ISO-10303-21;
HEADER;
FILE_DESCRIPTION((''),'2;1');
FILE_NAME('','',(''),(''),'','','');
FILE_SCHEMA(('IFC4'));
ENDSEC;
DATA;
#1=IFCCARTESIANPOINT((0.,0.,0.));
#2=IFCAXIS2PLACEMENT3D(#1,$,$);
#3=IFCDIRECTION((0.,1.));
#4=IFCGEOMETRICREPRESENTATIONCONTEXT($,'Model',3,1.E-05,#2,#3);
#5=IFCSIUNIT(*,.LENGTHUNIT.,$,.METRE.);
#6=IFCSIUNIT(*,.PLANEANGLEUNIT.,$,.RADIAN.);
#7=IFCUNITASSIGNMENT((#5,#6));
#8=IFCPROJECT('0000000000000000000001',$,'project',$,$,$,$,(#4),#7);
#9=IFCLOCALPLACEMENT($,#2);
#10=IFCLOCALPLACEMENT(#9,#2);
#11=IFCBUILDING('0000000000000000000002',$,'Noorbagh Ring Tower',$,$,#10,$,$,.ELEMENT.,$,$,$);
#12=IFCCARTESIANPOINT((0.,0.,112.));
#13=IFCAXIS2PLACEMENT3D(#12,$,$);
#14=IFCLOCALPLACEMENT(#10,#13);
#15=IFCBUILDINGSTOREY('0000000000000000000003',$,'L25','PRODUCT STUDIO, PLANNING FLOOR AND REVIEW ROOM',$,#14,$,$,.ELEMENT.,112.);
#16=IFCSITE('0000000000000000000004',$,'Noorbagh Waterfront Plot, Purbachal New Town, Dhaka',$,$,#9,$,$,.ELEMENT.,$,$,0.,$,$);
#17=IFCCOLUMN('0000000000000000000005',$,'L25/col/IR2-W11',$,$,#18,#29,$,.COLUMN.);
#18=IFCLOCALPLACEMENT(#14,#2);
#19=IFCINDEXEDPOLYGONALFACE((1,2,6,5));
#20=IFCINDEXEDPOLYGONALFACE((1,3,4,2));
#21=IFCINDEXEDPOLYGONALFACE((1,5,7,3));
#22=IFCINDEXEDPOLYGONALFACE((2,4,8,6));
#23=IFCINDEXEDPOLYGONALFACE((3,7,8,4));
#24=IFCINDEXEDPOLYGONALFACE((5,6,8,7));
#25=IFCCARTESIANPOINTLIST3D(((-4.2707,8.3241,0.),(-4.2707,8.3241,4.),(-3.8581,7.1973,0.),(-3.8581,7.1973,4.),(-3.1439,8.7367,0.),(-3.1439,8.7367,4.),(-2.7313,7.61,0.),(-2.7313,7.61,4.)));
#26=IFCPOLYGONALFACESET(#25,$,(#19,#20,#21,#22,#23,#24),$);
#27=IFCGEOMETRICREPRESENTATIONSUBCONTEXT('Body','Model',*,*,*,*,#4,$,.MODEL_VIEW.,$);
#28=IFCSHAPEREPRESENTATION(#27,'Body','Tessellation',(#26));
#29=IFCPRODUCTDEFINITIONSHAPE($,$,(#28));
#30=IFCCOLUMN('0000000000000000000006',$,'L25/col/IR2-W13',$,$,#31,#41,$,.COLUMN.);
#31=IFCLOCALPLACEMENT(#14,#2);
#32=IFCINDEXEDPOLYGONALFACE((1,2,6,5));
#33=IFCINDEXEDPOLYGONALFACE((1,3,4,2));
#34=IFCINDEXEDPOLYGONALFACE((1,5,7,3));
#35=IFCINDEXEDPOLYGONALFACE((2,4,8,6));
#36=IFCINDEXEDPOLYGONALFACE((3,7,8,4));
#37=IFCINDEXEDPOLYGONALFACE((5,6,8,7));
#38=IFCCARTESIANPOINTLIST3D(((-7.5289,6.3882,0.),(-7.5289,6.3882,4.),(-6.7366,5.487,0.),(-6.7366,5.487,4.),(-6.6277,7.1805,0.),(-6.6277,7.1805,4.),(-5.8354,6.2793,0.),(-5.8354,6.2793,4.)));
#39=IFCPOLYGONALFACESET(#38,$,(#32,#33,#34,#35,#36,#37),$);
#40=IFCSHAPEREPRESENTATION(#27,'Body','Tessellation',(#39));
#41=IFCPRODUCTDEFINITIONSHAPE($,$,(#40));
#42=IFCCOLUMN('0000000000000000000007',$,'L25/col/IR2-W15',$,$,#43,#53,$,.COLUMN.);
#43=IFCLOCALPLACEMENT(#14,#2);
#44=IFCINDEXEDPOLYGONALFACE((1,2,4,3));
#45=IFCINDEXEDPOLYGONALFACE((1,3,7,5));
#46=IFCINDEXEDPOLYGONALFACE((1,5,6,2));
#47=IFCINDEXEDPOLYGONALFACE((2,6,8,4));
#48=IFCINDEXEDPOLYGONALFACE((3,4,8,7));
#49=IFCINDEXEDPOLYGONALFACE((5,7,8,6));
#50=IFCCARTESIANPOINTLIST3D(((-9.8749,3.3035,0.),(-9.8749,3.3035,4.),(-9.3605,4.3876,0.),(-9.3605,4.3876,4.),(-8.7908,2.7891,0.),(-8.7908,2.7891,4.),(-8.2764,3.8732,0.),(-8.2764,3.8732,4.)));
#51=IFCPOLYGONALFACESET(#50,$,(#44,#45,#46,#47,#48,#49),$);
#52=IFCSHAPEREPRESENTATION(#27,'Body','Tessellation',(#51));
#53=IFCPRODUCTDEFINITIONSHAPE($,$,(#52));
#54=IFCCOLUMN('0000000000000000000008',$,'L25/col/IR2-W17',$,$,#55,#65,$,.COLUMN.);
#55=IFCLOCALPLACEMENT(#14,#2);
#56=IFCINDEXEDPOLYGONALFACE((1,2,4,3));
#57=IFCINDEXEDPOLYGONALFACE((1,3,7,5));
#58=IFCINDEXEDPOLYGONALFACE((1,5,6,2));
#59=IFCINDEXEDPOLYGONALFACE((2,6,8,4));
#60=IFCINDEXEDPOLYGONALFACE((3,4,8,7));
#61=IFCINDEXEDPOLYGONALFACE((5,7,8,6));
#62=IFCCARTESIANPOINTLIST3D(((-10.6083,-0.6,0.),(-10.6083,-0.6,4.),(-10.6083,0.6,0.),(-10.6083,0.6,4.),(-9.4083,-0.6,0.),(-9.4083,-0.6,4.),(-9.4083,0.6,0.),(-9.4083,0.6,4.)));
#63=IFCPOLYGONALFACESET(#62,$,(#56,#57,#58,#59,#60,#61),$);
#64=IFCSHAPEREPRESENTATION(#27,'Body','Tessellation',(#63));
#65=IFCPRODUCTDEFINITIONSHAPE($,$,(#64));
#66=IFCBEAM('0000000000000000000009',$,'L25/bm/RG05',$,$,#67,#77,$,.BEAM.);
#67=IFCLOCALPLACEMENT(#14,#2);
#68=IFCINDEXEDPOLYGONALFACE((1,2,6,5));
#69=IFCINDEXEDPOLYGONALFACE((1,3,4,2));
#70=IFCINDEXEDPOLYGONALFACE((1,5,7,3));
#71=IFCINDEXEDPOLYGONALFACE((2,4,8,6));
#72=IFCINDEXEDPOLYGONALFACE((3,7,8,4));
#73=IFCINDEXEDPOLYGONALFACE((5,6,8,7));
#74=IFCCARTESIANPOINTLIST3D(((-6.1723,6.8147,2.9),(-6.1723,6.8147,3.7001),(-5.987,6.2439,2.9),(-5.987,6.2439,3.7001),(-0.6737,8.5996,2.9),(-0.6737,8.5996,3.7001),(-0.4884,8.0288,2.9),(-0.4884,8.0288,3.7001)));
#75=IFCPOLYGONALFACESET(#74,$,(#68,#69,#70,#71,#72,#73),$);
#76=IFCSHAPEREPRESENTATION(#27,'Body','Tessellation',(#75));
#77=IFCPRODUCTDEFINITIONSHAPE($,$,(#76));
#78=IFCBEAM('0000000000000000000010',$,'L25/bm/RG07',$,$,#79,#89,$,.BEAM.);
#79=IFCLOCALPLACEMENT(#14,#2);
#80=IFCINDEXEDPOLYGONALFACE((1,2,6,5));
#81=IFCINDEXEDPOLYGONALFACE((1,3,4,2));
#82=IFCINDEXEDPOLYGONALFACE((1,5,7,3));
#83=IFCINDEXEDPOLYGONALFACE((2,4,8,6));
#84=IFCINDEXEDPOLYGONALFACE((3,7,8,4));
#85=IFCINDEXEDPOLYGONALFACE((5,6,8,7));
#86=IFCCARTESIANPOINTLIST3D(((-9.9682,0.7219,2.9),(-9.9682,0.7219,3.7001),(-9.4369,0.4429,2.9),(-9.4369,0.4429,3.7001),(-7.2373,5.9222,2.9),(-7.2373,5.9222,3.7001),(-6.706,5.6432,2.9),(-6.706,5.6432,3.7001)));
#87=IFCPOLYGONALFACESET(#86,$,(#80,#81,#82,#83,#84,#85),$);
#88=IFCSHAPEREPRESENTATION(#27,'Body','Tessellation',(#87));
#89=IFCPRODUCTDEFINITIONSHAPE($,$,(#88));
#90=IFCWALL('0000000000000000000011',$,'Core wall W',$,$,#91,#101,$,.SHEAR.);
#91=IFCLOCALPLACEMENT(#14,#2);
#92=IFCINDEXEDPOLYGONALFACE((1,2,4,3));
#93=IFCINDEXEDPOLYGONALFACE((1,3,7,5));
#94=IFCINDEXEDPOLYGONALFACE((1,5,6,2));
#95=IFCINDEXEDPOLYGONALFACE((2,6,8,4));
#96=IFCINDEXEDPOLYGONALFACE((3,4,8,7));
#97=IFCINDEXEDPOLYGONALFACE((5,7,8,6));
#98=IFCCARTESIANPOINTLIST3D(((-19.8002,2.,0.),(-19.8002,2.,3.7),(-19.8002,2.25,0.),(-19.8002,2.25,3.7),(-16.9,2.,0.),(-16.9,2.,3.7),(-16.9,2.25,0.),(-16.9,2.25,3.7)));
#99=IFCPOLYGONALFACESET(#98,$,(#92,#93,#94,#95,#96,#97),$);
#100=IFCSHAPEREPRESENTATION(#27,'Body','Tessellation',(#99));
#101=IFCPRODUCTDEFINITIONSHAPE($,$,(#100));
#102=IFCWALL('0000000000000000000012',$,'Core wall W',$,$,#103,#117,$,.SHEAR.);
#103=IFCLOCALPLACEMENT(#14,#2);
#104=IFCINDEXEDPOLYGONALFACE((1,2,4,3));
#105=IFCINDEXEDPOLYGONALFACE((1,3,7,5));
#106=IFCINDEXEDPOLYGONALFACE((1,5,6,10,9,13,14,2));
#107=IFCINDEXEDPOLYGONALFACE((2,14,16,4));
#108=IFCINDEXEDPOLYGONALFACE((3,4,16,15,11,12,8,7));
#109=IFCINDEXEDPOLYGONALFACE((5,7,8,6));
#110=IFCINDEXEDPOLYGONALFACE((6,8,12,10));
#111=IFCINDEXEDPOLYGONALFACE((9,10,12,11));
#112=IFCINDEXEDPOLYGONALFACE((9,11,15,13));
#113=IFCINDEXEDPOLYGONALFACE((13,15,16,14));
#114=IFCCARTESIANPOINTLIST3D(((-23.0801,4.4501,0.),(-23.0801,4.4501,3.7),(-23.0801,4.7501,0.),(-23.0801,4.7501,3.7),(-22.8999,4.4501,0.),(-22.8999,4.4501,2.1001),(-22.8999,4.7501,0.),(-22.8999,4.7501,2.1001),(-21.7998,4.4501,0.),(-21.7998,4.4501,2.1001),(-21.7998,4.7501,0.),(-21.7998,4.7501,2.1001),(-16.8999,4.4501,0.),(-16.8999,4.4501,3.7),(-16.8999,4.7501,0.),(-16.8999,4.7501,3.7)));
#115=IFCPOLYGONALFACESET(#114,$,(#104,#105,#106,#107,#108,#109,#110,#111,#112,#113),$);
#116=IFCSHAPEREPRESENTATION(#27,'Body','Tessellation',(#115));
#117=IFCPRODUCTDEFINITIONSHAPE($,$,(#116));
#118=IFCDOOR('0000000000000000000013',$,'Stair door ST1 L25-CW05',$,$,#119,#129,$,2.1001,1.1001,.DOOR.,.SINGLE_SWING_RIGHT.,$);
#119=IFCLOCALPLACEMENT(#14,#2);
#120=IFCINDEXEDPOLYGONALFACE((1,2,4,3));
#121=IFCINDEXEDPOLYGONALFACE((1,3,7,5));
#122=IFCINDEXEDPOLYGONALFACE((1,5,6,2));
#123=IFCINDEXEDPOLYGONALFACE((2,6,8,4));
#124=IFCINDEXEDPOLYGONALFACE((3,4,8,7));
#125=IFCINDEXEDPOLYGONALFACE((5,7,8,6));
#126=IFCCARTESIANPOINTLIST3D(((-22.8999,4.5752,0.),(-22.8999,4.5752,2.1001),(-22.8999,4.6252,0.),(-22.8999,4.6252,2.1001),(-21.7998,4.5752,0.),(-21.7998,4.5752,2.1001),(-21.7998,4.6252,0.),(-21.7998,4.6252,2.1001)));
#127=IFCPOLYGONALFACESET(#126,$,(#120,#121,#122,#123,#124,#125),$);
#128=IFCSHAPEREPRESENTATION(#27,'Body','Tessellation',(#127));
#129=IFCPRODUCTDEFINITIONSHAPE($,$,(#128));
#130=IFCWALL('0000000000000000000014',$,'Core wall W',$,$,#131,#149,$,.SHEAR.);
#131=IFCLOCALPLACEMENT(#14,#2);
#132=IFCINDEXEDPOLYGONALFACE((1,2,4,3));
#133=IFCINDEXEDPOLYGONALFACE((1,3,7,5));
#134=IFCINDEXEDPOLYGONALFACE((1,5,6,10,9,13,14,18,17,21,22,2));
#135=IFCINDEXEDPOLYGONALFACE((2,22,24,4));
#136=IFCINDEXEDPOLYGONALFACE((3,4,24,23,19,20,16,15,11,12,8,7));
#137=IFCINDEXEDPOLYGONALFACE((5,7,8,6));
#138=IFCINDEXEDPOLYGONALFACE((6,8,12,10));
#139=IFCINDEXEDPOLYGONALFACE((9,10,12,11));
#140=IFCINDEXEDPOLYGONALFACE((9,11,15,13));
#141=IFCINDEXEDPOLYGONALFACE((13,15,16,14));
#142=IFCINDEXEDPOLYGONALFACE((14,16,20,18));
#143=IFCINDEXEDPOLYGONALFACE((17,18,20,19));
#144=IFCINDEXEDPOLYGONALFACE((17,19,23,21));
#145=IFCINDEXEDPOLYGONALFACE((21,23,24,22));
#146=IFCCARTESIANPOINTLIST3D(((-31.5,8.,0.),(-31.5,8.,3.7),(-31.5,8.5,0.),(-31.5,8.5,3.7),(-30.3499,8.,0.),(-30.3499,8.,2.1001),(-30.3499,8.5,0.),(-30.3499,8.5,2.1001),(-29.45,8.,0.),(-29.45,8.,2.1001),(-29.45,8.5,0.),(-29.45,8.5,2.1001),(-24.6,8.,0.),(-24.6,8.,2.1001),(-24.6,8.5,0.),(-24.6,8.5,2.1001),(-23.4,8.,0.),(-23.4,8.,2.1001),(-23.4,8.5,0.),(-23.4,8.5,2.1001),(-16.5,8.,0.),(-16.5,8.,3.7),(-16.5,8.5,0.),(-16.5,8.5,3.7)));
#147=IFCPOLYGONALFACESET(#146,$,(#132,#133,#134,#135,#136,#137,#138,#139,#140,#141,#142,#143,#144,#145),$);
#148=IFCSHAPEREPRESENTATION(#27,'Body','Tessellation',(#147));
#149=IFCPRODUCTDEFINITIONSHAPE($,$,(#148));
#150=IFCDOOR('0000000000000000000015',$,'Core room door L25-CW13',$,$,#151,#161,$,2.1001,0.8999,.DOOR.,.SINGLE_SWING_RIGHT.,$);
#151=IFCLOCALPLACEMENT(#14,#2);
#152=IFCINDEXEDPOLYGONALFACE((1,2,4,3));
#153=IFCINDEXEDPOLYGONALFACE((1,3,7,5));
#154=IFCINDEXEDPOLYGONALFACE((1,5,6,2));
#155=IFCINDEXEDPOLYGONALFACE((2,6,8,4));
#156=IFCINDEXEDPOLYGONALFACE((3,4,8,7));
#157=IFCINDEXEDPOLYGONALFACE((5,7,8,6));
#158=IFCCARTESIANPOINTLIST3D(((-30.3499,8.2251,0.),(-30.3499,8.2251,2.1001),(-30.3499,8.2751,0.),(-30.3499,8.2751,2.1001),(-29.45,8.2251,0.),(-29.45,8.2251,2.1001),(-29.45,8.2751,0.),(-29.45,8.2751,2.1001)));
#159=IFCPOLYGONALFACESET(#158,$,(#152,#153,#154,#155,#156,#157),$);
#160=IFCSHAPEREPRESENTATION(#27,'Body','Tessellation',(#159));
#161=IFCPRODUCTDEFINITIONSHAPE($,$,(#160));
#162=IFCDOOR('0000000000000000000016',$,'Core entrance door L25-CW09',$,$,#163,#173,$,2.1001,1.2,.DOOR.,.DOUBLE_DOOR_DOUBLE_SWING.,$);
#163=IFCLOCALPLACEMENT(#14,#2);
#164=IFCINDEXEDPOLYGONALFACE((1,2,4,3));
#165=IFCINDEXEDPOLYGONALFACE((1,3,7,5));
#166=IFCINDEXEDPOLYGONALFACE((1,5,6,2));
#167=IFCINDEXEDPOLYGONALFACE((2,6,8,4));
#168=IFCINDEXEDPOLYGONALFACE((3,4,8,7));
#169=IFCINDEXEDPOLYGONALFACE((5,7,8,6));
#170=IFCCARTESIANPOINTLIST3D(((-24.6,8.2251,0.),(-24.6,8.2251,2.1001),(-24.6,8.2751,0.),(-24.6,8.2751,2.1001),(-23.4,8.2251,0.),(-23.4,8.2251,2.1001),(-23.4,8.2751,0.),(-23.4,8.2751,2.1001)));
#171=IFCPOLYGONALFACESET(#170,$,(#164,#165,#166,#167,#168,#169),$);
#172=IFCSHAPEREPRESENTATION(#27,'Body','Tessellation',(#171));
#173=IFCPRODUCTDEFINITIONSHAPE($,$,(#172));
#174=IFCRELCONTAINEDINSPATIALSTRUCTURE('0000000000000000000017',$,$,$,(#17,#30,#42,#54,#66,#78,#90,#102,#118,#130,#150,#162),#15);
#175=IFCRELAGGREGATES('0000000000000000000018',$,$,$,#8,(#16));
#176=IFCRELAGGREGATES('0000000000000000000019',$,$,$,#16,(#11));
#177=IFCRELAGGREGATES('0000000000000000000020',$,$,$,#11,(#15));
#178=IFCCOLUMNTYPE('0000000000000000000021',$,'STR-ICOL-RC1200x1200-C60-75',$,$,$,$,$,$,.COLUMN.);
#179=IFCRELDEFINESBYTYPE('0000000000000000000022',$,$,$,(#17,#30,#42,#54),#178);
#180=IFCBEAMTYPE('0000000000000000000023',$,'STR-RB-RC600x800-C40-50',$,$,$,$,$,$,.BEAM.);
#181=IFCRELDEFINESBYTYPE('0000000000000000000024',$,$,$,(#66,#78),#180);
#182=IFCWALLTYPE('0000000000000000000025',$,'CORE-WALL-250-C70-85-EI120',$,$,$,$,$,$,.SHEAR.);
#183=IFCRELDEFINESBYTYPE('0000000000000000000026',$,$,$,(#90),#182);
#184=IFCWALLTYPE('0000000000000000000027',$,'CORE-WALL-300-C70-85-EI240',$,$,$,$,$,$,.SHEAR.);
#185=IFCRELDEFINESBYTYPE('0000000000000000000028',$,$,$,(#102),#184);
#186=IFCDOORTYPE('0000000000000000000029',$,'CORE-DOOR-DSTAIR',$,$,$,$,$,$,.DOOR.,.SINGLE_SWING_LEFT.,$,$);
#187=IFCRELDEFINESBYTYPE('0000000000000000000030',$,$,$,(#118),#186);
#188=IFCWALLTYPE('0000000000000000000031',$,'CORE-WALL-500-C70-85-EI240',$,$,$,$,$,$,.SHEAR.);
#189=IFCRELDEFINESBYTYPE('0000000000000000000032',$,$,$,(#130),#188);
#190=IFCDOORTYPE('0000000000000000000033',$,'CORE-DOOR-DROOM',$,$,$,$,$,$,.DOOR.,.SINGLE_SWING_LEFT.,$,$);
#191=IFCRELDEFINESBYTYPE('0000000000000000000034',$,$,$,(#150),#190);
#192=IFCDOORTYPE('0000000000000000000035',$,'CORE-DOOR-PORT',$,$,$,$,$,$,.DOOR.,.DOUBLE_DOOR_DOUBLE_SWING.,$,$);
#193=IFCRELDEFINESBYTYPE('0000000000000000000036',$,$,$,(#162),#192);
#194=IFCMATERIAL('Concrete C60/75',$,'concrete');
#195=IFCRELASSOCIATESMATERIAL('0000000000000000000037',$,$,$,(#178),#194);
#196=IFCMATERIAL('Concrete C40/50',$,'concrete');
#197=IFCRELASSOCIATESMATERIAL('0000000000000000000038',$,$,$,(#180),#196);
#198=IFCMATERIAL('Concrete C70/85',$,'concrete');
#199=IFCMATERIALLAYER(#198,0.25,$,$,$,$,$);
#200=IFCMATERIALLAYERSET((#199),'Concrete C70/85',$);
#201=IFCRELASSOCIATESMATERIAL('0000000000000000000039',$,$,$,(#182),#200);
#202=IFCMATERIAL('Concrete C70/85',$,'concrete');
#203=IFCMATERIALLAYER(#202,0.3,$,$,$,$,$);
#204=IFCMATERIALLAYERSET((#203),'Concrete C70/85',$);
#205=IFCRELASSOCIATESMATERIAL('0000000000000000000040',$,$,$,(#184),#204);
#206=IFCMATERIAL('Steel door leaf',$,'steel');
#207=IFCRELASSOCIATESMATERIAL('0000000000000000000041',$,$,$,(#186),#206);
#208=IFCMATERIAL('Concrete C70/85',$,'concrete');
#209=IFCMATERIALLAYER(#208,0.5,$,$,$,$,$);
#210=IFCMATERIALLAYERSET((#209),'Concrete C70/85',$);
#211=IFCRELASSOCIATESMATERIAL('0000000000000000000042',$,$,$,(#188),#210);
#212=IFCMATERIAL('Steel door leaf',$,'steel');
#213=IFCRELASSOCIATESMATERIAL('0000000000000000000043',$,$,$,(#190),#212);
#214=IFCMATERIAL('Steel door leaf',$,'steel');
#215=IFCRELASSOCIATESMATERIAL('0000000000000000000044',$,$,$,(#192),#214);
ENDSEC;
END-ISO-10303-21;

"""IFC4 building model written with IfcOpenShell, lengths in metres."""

from ifc_helpers import new_model, si_unit, direction, frame, frame_2d, origin, origin_2d, place, context, subcontext, project, spatial, rectangle, extrude, material, layer, layer_set, material_profile, profile_set, type_object, element, fill, save


model = new_model("IFC4")

# Units and contexts
model_context = context("Model", 3, precision=1e-05, world=origin(), true_north=direction((0.0, 1.0)))
body_context = subcontext(model_context, "Body", "Model", "MODEL_VIEW")
ifc_project = project(units=[si_unit("LENGTHUNIT", "METRE"), si_unit("PLANEANGLEUNIT", "RADIAN")], contexts=[model_context])

# Site, building, storey
site_placement = place(None, origin())
site = spatial("IfcSite", under=ifc_project, at=site_placement, Name="Noorbagh Waterfront Plot, Purbachal New Town, Dhaka", CompositionType="ELEMENT", RefElevation=0.0)
building_placement = place(site_placement, origin())
building = spatial("IfcBuilding", under=site, at=building_placement, Name="Noorbagh Ring Tower", CompositionType="ELEMENT")
storey_placement = place(building_placement, frame((0.0, 0.0, 112.0)))
storey = spatial("IfcBuildingStorey", under=building, at=storey_placement, Name="L25", Description="PRODUCT STUDIO, PLANNING FLOOR AND REVIEW ROOM", CompositionType="ELEMENT", Elevation=112.0)

# Columns
ifc_material_1 = material(Name="Concrete C60/75", Category="concrete")
ifc_material_profile_1 = material_profile(ifc_material_1, rectangle(XDim=1.2, YDim=1.2, at=origin_2d()), Name="RC1200x1200")
ifc_profile_set_1 = profile_set([ifc_material_profile_1], Name="Concrete C60/75")
column_type = type_object("IfcColumnType", Name="STR-ICOL-RC1200x1200-C60-75", PredefinedType="COLUMN", material=ifc_profile_set_1)
for number, where, z_axis, x_axis, name in (
    (1, (-3.501, 7.967, 0.0), (0.0, 0.0, 1.0), (-0.93902, -0.343864, 0.0), "L25/col/IR2-W11"),
    (2, (-6.6821, 6.3337, 0.0), (0.0, 0.0, 1.0), (-0.751022, -0.660277, 0.0), "L25/col/IR2-W13"),
    (3, (-9.0757, 3.5884, 0.0), (0.0, 0.0, 1.0), (-0.428667, -0.903463, 0.0), "L25/col/IR2-W15"),
    (4, (-10.0083, 0.0, 0.0), (0.0, 0.0, 1.0), (0.0, -1.0, 0.0), "L25/col/IR2-W17"),
):
    element("IfcColumn", number, at=place(storey_placement, frame(where, z_axis=z_axis, x_axis=x_axis)), inside=storey, type_object=column_type, Name=name, PredefinedType="COLUMN", context=body_context, shape_type="SweptSolid", body=[
        extrude(rectangle(XDim=1.2, YDim=1.2, at=origin_2d()), origin(), (0.0, 0.0, 1.0), 4.0),
    ])

# Beams
ifc_material_2 = material(Name="Concrete C40/50", Category="concrete")
ifc_material_profile_2 = material_profile(ifc_material_2, rectangle(XDim=0.6001, YDim=0.8, at=origin_2d()), Name="RC600x800")
ifc_profile_set_2 = profile_set([ifc_material_profile_2], Name="Concrete C40/50")
beam_type = type_object("IfcBeamType", Name="STR-RB-RC600x800-C40-50", PredefinedType="BEAM", material=ifc_profile_set_2)
beam_1_placement = place(storey_placement, frame((-0.5811, 8.3142, 3.3), z_axis=(-0.951141, -0.308756, 0.0), x_axis=(0.308756, -0.951141, 0.0)))
element("IfcBeam", 5, at=beam_1_placement, inside=storey, type_object=beam_type, Name="L25/bm/RG05", PredefinedType="BEAM", context=body_context, shape_type="SweptSolid", body=[
    extrude(rectangle(XDim=0.6001, YDim=0.8, at=origin_2d()), origin(), (0.0, 0.0, 1.0), 5.781),
])
beam_2_placement = place(storey_placement, frame((-6.9717, 5.7827, 3.3), z_axis=(-0.464931, -0.885347, 0.0), x_axis=(0.885347, -0.464931, 0.0)))
element("IfcBeam", 6, at=beam_2_placement, inside=storey, type_object=beam_type, Name="L25/bm/RG07", PredefinedType="BEAM", context=body_context, shape_type="SweptSolid", body=[
    extrude(rectangle(XDim=0.6001, YDim=0.8, at=origin_2d()), origin(), (0.0, 0.0, 1.0), 5.8738),
])

# Wall
ifc_material_3 = material(Name="Concrete C70/85", Category="concrete")
ifc_layer_1 = layer(ifc_material_3, 0.25)
ifc_layer_set_1 = layer_set([ifc_layer_1], Name="Concrete C70/85")
wall_type_1 = type_object("IfcWallType", Name="CORE-WALL-250-C70-85-EI120", PredefinedType="SHEAR", material=ifc_layer_set_1)
wall_1_placement = place(storey_placement, frame((-16.8999, 2.125, 0.0), z_axis=(0.0, 0.0, 1.0), x_axis=(-1.0, 0.0, 0.0)))
element("IfcWall", 7, at=wall_1_placement, inside=storey, type_object=wall_type_1, Name="Core wall W", PredefinedType="SHEAR", context=body_context, shape_type="SweptSolid", body=[
    extrude(rectangle(XDim=2.9001, YDim=0.25, at=frame_2d((1.4502, 0.0))), origin(), (0.0, 0.0, 1.0), 3.7),
])

# Wall, opening, door
ifc_material_4 = material(Name="Concrete C70/85", Category="concrete")
ifc_layer_2 = layer(ifc_material_4, 0.3)
ifc_layer_set_2 = layer_set([ifc_layer_2], Name="Concrete C70/85")
wall_type_2 = type_object("IfcWallType", Name="CORE-WALL-300-C70-85-EI240", PredefinedType="SHEAR", material=ifc_layer_set_2)
wall_2_placement = place(storey_placement, frame((-16.8999, 4.6001, 0.0), z_axis=(0.0, 0.0, 1.0), x_axis=(-1.0, 0.0, 0.0)))
wall_2 = element("IfcWall", 8, at=wall_2_placement, inside=storey, type_object=wall_type_2, Name="Core wall W", PredefinedType="SHEAR", context=body_context, shape_type="SweptSolid", body=[
    extrude(rectangle(XDim=6.1802, YDim=0.3, at=frame_2d((3.0901, 0.0))), origin(), (0.0, 0.0, 1.0), 3.7),
])
opening_1_placement = place(wall_2_placement, frame((4.8999, 0.0, 0.0)))
opening_1 = element("IfcOpeningElement", 9, at=opening_1_placement, cuts=wall_2, PredefinedType="OPENING", context=body_context, shape_type="SweptSolid", body=[
    extrude(rectangle(XDim=1.1001, YDim=2.1001, at=frame_2d((0.55, 1.05))), frame((0.0, 0.1602, 0.0), z_axis=(0.0, -1.0, 0.0), x_axis=(1.0, 0.0, 0.0)), (0.0, 0.0, 1.0), 0.3201),
])
ifc_material_5 = material(Name="Steel door leaf", Category="steel")
door_type_1 = type_object("IfcDoorType", Name="CORE-DOOR-DSTAIR", OperationType="SINGLE_SWING_LEFT", PredefinedType="DOOR", material=ifc_material_5)
door_1_placement = place(opening_1_placement, origin())
door_1 = element("IfcDoor", 10, at=door_1_placement, inside=storey, type_object=door_type_1, Name="Stair door ST1 L25-CW05", OperationType="SINGLE_SWING_RIGHT", OverallHeight=2.1001, OverallWidth=1.1001, PredefinedType="DOOR", context=body_context, shape_type="SweptSolid", body=[
    extrude(rectangle(XDim=1.1001, YDim=2.1001, at=frame_2d((0.55, 1.05))), frame((0.0, 0.0249, 0.0), z_axis=(0.0, -1.0, 0.0), x_axis=(1.0, 0.0, 0.0)), (0.0, 0.0, 1.0), 0.05),
])
fill(opening_1, door_1)

# Wall, openings, doors
ifc_material_6 = material(Name="Concrete C70/85", Category="concrete")
ifc_layer_3 = layer(ifc_material_6, 0.5)
ifc_layer_set_3 = layer_set([ifc_layer_3], Name="Concrete C70/85")
wall_type_3 = type_object("IfcWallType", Name="CORE-WALL-500-C70-85-EI240", PredefinedType="SHEAR", material=ifc_layer_set_3)
wall_3_placement = place(storey_placement, frame((-16.5, 8.25, 0.0), z_axis=(0.0, 0.0, 1.0), x_axis=(-1.0, 0.0, 0.0)))
wall_3 = element("IfcWall", 11, at=wall_3_placement, inside=storey, type_object=wall_type_3, Name="Core wall W", PredefinedType="SHEAR", context=body_context, shape_type="SweptSolid", body=[
    extrude(rectangle(XDim=15.0, YDim=0.5, at=frame_2d((7.5, 0.0))), origin(), (0.0, 0.0, 1.0), 3.7),
])
opening_2_placement = place(wall_3_placement, frame((6.8999, 0.0, 0.0)))
opening_2 = element("IfcOpeningElement", 12, at=opening_2_placement, cuts=wall_3, PredefinedType="OPENING", context=body_context, shape_type="SweptSolid", body=[
    extrude(rectangle(XDim=1.2, YDim=2.1001, at=frame_2d((0.6001, 1.05))), frame((0.0, 0.26, 0.0), z_axis=(0.0, -1.0, 0.0), x_axis=(1.0, 0.0, 0.0)), (0.0, 0.0, 1.0), 0.52),
])
opening_3_placement = place(wall_3_placement, frame((12.95, 0.0, 0.0)))
opening_3 = element("IfcOpeningElement", 13, at=opening_3_placement, cuts=wall_3, PredefinedType="OPENING", context=body_context, shape_type="SweptSolid", body=[
    extrude(rectangle(XDim=0.8999, YDim=2.1001, at=frame_2d((0.45, 1.05))), frame((0.0, 0.26, 0.0), z_axis=(0.0, -1.0, 0.0), x_axis=(1.0, 0.0, 0.0)), (0.0, 0.0, 1.0), 0.52),
])
ifc_material_7 = material(Name="Steel door leaf", Category="steel")
door_type_2 = type_object("IfcDoorType", Name="CORE-DOOR-DROOM", OperationType="SINGLE_SWING_LEFT", PredefinedType="DOOR", material=ifc_material_7)
door_2_placement = place(opening_3_placement, origin())
door_2 = element("IfcDoor", 14, at=door_2_placement, inside=storey, type_object=door_type_2, Name="Core room door L25-CW13", OperationType="SINGLE_SWING_RIGHT", OverallHeight=2.1001, OverallWidth=0.8999, PredefinedType="DOOR", context=body_context, shape_type="SweptSolid", body=[
    extrude(rectangle(XDim=0.8999, YDim=2.1001, at=frame_2d((0.45, 1.05))), frame((0.0, 0.0249, 0.0), z_axis=(0.0, -1.0, 0.0), x_axis=(1.0, 0.0, 0.0)), (0.0, 0.0, 1.0), 0.05),
])
fill(opening_3, door_2)
ifc_material_8 = material(Name="Steel door leaf", Category="steel")
door_type_3 = type_object("IfcDoorType", Name="CORE-DOOR-PORT", OperationType="DOUBLE_DOOR_DOUBLE_SWING", PredefinedType="DOOR", material=ifc_material_8)
door_3_placement = place(opening_2_placement, origin())
door_3 = element("IfcDoor", 15, at=door_3_placement, inside=storey, type_object=door_type_3, Name="Core entrance door L25-CW09", OperationType="DOUBLE_DOOR_DOUBLE_SWING", OverallHeight=2.1001, OverallWidth=1.2, PredefinedType="DOOR", context=body_context, shape_type="SweptSolid", body=[
    extrude(rectangle(XDim=1.2, YDim=2.1001, at=frame_2d((0.6001, 1.05))), frame((0.0, 0.0249, 0.0), z_axis=(0.0, -1.0, 0.0), x_axis=(1.0, 0.0, 0.0)), (0.0, 0.0, 1.0), 0.05),
])
fill(opening_2, door_3)

save(model, "model.ifc")
